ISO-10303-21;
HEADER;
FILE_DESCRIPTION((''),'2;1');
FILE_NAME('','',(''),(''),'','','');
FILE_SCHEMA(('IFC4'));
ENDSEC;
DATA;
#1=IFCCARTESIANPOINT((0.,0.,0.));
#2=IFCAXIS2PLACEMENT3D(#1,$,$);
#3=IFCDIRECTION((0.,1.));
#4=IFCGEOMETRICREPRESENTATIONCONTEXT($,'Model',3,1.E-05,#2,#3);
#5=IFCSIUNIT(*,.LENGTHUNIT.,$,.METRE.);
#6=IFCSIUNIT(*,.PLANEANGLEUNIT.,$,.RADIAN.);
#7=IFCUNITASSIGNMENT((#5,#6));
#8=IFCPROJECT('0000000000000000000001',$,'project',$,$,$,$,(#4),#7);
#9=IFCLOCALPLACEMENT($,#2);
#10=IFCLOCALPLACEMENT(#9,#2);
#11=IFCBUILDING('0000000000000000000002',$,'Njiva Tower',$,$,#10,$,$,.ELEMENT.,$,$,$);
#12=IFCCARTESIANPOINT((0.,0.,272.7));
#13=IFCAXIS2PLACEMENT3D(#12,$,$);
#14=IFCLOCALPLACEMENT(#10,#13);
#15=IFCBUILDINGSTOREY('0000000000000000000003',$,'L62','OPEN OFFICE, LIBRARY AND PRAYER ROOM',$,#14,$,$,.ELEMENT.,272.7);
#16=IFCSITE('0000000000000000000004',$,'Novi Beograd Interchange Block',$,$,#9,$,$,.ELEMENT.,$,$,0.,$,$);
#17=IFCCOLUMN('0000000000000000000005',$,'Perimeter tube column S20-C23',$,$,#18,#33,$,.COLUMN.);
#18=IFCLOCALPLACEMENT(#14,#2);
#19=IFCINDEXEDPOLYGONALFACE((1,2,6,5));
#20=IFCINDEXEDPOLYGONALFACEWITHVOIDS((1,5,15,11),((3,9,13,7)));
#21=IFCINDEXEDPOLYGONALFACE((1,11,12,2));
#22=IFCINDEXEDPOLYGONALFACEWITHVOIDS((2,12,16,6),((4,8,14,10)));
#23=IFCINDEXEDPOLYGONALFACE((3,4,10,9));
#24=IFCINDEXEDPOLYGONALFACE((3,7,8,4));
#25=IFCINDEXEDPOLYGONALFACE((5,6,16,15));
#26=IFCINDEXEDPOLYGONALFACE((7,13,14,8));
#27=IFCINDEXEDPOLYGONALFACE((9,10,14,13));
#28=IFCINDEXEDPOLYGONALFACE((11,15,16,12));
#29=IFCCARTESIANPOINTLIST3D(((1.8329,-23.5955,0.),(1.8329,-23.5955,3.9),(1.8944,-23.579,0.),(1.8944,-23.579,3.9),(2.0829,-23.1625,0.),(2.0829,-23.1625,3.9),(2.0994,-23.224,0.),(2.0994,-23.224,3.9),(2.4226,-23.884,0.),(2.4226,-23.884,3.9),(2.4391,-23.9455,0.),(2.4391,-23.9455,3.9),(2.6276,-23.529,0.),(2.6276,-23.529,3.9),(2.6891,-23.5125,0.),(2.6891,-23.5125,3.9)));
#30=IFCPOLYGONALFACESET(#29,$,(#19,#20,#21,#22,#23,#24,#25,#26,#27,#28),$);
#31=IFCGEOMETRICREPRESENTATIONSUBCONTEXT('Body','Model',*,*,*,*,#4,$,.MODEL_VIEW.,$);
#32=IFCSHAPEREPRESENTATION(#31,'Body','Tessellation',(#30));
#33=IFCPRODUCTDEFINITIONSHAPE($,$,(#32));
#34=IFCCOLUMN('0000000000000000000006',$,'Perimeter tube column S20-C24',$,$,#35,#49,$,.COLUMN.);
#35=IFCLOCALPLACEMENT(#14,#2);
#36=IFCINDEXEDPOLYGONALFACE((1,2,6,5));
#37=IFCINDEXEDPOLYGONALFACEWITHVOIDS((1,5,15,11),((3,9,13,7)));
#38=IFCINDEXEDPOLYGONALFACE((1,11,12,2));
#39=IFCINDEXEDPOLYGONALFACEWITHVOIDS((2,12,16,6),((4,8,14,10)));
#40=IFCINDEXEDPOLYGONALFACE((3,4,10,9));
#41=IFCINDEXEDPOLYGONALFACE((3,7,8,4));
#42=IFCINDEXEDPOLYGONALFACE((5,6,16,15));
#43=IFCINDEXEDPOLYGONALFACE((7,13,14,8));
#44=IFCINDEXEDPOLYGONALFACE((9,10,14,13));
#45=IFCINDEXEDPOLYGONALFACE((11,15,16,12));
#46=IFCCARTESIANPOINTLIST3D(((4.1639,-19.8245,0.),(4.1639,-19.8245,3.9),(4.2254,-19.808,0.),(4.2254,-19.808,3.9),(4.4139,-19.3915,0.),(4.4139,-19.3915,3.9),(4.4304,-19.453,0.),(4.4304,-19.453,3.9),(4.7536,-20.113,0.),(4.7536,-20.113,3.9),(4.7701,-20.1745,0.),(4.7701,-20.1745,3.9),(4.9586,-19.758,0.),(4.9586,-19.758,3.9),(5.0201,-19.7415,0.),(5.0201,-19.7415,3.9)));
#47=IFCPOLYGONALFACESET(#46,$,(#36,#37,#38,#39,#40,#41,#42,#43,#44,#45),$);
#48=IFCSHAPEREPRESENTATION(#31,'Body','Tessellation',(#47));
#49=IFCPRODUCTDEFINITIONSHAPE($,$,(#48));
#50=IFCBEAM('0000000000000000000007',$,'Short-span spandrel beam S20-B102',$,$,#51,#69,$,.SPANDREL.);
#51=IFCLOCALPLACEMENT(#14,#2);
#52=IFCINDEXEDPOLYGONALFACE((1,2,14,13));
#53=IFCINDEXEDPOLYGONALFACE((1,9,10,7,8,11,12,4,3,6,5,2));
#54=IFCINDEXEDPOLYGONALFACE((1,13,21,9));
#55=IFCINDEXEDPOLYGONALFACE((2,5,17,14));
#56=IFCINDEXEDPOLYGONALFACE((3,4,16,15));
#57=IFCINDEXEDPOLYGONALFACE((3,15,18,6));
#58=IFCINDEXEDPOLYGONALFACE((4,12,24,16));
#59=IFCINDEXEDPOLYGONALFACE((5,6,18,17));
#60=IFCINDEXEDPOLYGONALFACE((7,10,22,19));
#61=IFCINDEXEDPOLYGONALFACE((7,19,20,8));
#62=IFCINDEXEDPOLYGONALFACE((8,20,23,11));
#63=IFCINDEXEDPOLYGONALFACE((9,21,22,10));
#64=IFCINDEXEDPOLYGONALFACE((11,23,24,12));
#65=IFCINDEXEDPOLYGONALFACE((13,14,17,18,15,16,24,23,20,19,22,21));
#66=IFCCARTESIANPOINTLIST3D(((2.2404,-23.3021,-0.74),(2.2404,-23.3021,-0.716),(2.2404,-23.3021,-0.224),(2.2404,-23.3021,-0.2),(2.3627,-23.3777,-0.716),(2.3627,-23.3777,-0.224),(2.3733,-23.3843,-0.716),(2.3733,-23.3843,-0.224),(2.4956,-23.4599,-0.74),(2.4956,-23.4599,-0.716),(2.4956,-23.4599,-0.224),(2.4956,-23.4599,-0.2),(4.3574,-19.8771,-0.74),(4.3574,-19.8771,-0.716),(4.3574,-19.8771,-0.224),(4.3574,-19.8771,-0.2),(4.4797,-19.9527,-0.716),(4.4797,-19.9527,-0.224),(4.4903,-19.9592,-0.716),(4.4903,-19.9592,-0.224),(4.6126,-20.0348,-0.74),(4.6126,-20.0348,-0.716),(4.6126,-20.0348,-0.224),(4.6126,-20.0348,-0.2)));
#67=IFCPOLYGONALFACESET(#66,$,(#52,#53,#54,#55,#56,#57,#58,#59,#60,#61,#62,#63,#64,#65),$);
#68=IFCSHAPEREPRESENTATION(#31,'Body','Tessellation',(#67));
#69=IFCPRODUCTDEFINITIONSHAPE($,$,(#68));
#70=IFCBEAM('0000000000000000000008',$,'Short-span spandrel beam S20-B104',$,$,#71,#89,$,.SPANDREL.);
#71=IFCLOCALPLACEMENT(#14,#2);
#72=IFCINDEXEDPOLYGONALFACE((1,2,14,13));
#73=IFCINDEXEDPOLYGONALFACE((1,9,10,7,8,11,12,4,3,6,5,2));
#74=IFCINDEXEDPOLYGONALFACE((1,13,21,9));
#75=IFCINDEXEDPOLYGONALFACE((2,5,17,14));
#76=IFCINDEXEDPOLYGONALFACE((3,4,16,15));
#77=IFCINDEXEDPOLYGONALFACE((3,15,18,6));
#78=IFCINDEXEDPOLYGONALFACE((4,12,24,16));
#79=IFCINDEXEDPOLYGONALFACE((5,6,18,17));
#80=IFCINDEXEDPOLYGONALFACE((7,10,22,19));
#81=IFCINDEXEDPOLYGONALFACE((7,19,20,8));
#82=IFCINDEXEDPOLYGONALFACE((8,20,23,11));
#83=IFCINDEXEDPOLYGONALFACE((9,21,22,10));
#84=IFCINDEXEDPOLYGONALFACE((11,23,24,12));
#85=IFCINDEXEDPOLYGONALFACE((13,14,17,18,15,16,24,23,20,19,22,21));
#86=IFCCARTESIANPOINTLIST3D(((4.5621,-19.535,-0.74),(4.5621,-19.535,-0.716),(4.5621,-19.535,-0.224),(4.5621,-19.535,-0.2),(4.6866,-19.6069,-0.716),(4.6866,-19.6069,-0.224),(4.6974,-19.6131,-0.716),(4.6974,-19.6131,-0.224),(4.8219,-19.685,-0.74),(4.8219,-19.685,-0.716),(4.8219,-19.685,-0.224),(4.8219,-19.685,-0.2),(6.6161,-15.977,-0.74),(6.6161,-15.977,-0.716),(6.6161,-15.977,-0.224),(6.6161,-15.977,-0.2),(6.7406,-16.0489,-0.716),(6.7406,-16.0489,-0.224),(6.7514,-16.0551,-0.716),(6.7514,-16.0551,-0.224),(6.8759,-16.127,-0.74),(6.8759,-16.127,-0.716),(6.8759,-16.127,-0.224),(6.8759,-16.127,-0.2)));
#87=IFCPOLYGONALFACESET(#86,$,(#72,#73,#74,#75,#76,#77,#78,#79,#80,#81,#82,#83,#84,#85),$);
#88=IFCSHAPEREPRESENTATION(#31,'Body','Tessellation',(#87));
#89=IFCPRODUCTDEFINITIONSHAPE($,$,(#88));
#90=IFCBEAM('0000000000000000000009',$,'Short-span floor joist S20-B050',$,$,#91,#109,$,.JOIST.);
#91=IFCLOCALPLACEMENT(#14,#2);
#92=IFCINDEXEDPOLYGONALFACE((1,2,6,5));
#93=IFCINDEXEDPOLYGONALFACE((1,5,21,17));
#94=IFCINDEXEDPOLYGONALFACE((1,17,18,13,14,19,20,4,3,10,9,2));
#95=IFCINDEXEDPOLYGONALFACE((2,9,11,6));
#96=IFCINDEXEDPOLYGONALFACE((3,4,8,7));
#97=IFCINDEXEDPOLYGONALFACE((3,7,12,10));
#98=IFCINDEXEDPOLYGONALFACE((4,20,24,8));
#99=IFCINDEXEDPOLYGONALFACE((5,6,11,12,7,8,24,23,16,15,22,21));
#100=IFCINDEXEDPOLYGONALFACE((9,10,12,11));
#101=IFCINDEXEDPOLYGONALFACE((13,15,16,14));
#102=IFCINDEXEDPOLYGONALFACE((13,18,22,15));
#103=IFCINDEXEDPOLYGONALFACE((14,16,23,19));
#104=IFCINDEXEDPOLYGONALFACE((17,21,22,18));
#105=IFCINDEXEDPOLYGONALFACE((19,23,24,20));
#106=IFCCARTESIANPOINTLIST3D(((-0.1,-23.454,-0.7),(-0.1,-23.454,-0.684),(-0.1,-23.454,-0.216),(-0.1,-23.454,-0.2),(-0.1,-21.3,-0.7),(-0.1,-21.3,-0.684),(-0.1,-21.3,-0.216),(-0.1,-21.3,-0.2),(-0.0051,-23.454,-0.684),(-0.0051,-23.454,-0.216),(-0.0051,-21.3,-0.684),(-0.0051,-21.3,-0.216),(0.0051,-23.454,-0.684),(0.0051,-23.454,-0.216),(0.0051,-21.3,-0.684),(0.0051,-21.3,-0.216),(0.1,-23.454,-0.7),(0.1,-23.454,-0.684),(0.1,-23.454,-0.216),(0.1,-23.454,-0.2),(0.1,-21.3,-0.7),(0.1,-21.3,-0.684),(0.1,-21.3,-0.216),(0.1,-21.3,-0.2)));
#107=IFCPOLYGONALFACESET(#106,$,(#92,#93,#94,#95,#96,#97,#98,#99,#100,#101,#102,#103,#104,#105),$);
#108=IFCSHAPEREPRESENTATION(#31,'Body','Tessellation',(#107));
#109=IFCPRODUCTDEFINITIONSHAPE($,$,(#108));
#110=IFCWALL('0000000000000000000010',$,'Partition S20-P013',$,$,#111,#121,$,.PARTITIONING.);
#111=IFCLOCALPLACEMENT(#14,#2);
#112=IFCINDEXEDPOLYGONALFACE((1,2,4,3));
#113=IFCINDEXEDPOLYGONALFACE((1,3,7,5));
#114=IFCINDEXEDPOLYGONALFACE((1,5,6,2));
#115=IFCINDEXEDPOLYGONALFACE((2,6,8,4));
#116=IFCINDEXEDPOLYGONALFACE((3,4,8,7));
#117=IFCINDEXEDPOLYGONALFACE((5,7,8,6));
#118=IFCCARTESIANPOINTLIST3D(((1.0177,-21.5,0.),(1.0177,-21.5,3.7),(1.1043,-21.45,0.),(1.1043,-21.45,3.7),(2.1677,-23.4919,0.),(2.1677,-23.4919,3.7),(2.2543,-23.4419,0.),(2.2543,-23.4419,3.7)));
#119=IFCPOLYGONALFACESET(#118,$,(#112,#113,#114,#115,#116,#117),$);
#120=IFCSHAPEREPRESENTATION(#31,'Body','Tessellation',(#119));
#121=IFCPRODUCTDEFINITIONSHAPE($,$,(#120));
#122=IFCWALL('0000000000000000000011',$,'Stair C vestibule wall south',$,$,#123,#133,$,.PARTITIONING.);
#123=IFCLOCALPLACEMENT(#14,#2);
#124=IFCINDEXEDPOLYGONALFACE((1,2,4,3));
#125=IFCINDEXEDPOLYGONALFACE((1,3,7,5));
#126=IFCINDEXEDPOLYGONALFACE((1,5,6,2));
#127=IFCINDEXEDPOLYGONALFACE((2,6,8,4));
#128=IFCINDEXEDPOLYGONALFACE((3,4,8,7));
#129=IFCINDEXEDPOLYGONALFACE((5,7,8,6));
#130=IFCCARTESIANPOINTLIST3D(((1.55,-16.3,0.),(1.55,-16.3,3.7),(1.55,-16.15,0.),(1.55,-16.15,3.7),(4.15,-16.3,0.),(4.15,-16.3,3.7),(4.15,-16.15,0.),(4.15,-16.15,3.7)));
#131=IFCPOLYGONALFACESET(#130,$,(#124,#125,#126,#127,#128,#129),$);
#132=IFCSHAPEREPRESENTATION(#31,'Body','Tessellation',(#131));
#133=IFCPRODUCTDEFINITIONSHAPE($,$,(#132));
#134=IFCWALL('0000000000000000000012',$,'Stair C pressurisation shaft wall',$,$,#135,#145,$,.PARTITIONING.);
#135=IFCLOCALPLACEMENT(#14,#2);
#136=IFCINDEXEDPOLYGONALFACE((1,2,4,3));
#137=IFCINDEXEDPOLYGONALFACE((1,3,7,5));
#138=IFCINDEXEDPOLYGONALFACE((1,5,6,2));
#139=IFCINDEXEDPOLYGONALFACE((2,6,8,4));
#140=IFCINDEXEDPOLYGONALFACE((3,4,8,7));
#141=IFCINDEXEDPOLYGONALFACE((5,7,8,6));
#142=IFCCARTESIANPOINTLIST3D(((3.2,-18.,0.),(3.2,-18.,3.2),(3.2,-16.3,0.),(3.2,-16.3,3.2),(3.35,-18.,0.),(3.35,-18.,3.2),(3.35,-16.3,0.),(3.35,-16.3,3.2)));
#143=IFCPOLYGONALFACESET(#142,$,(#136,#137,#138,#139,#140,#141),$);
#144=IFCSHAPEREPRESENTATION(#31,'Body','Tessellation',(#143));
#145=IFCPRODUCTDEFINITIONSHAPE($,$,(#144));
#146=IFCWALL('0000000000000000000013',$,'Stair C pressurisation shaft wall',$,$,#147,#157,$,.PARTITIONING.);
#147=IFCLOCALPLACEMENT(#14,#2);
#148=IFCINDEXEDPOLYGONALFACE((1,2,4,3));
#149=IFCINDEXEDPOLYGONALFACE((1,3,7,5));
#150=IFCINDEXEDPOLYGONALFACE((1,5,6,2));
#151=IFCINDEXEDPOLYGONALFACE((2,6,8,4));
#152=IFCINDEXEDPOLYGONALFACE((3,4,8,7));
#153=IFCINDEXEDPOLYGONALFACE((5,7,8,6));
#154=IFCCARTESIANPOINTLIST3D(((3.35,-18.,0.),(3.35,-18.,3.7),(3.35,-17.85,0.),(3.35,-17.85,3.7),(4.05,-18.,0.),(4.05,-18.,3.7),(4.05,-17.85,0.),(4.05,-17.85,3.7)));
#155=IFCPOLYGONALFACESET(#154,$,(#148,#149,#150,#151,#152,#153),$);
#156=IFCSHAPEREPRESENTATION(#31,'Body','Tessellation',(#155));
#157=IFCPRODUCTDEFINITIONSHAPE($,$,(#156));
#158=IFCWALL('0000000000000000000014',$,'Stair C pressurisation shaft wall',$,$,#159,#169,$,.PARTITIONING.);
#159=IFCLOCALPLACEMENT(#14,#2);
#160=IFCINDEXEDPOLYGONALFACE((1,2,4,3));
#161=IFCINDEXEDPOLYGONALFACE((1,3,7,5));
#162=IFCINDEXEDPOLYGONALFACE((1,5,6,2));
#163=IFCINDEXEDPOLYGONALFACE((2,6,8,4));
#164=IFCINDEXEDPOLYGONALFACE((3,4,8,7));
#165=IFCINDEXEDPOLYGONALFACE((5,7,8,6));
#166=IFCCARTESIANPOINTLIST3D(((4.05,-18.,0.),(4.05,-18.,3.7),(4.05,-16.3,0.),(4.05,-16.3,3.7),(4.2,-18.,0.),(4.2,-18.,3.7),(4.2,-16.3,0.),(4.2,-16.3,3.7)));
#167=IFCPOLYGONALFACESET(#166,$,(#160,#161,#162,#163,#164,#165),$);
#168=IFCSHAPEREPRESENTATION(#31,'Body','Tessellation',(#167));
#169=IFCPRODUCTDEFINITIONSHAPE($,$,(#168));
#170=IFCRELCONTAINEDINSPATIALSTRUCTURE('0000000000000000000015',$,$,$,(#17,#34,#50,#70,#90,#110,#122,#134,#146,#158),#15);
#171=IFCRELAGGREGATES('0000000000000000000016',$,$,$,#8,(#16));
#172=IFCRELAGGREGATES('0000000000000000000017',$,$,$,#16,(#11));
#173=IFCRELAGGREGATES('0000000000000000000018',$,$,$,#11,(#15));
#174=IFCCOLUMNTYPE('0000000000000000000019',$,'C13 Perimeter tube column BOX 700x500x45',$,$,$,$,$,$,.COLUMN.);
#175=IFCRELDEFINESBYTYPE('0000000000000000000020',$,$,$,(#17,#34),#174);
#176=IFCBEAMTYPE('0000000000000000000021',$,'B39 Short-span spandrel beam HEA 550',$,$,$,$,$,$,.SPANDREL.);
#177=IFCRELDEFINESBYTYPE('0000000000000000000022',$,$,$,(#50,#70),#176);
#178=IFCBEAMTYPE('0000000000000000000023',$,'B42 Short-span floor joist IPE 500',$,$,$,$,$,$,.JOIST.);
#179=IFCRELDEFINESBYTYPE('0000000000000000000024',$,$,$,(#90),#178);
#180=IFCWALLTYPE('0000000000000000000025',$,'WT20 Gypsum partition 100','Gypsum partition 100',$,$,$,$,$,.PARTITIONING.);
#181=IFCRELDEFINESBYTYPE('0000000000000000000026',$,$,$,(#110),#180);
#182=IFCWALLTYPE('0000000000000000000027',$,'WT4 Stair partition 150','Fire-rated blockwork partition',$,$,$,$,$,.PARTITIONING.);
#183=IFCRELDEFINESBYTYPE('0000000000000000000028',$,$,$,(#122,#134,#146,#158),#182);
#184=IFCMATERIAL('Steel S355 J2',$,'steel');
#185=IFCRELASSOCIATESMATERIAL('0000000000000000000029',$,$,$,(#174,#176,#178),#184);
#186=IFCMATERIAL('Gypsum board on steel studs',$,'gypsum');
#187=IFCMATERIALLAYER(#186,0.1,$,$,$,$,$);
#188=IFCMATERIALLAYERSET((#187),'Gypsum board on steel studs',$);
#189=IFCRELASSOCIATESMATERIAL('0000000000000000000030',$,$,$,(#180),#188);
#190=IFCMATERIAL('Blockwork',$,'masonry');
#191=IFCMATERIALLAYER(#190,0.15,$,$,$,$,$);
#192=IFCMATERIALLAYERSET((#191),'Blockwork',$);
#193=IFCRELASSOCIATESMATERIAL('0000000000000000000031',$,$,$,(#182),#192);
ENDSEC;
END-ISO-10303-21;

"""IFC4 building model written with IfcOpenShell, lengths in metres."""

from ifc_helpers import new_model, si_unit, direction, frame, frame_2d, origin, origin_2d, place, context, subcontext, project, spatial, rectangle, hollow_rectangle, i_section, extrude, material, layer, layer_set, material_profile, profile_set, type_object, element, save


model = new_model("IFC4")

# Units and contexts
model_context = context("Model", 3, precision=1e-05, world=origin(), true_north=direction((0.0, 1.0)))
body_context = subcontext(model_context, "Body", "Model", "MODEL_VIEW")
ifc_project = project(units=[si_unit("LENGTHUNIT", "METRE"), si_unit("PLANEANGLEUNIT", "RADIAN")], contexts=[model_context])

# Site, building, storey
site_placement = place(None, origin())
site = spatial("IfcSite", under=ifc_project, at=site_placement, Name="Novi Beograd Interchange Block", CompositionType="ELEMENT", RefElevation=0.0)
building_placement = place(site_placement, origin())
building = spatial("IfcBuilding", under=site, at=building_placement, Name="Njiva Tower", CompositionType="ELEMENT")
storey_placement = place(building_placement, frame((0.0, 0.0, 272.7)))
storey = spatial("IfcBuildingStorey", under=building, at=storey_placement, Name="L62", Description="OPEN OFFICE, LIBRARY AND PRAYER ROOM", CompositionType="ELEMENT", Elevation=272.7)

# Columns
ifc_material_1 = material(Name="Steel S355 J2", Category="steel")
ifc_material_profile_1 = material_profile(ifc_material_1, hollow_rectangle(XDim=0.5, YDim=0.7, WallThickness=0.045, at=origin_2d()), Name="BOX 700x500x45")
ifc_profile_set_1 = profile_set([ifc_material_profile_1], Name="Steel S355 J2")
column_type = type_object("IfcColumnType", Name="C13 Perimeter tube column BOX 700x500x45", PredefinedType="COLUMN", material=ifc_profile_set_1)
for number, where, z_axis, x_axis, name in (
    (1, (2.261, -23.554, 0.0), (0.0, 0.0, 1.0), (0.5, 0.866025, 0.0), "Perimeter tube column S20-C23"),
    (2, (4.592, -19.783, 0.0), (0.0, 0.0, 1.0), (0.5, 0.866025, 0.0), "Perimeter tube column S20-C24"),
):
    element("IfcColumn", number, at=place(storey_placement, frame(where, z_axis=z_axis, x_axis=x_axis)), inside=storey, type_object=column_type, Name=name, PredefinedType="COLUMN", context=body_context, shape_type="SweptSolid", body=[
        extrude(hollow_rectangle(XDim=0.5, YDim=0.7, WallThickness=0.045, at=origin_2d()), origin(), (0.0, 0.0, 1.0), 3.9),
    ])

# Beams
ifc_material_profile_2 = material_profile(ifc_material_1, i_section(OverallWidth=0.3, OverallDepth=0.54, WebThickness=0.0125, FlangeThickness=0.024, at=origin_2d()), Name="HEA 550")
ifc_profile_set_2 = profile_set([ifc_material_profile_2], Name="Steel S355 J2")
beam_type_1 = type_object("IfcBeamType", Name="B39 Short-span spandrel beam HEA 550", PredefinedType="SPANDREL", material=ifc_profile_set_2)
beam_1_placement = place(storey_placement, frame((2.368, -23.381, -0.47), z_axis=(0.525773, 0.850625, 0.0), x_axis=(-0.850625, 0.525773, 0.0)))
element("IfcBeam", 3, at=beam_1_placement, inside=storey, type_object=beam_type_1, Name="Short-span spandrel beam S20-B102", PredefinedType="SPANDREL", context=body_context, shape_type="SweptSolid", body=[
    extrude(i_section(OverallWidth=0.3, OverallDepth=0.54, WebThickness=0.0125, FlangeThickness=0.024, at=origin_2d()), origin(), (0.0, 0.0, 1.0), 4.0265),
])
beam_2_placement = place(storey_placement, frame((4.692, -19.61, -0.47), z_axis=(0.499961, 0.866048, 0.0), x_axis=(-0.866048, 0.499961, 0.0)))
element("IfcBeam", 4, at=beam_2_placement, inside=storey, type_object=beam_type_1, Name="Short-span spandrel beam S20-B104", PredefinedType="SPANDREL", context=body_context, shape_type="SweptSolid", body=[
    extrude(i_section(OverallWidth=0.3, OverallDepth=0.54, WebThickness=0.0125, FlangeThickness=0.024, at=origin_2d()), origin(), (0.0, 0.0, 1.0), 4.1083),
])
ifc_material_profile_3 = material_profile(ifc_material_1, i_section(OverallWidth=0.2, OverallDepth=0.5, WebThickness=0.0102, FlangeThickness=0.016, at=origin_2d()), Name="IPE 500")
ifc_profile_set_3 = profile_set([ifc_material_profile_3], Name="Steel S355 J2")
beam_type_2 = type_object("IfcBeamType", Name="B42 Short-span floor joist IPE 500", PredefinedType="JOIST", material=ifc_profile_set_3)
beam_3_placement = place(storey_placement, frame((0.0, -21.3, -0.45), z_axis=(0.0, -1.0, 0.0), x_axis=(1.0, 0.0, 0.0)))
element("IfcBeam", 5, at=beam_3_placement, inside=storey, type_object=beam_type_2, Name="Short-span floor joist S20-B050", PredefinedType="JOIST", context=body_context, shape_type="SweptSolid", body=[
    extrude(i_section(OverallWidth=0.2, OverallDepth=0.5, WebThickness=0.0102, FlangeThickness=0.016, at=origin_2d()), origin(), (0.0, 0.0, 1.0), 2.154),
])

# Walls
ifc_material_2 = material(Name="Gypsum board on steel studs", Category="gypsum")
ifc_layer_1 = layer(ifc_material_2, 0.1)
ifc_layer_set_1 = layer_set([ifc_layer_1], Name="Gypsum board on steel studs")
wall_type_1 = type_object("IfcWallType", Name="WT20 Gypsum partition 100", Description="Gypsum partition 100", PredefinedType="PARTITIONING", material=ifc_layer_set_1)
wall_1_placement = place(storey_placement, frame((1.061, -21.475, 0.0), z_axis=(0.0, 0.0, 1.0), x_axis=(0.499973, -0.866041, 0.0)))
element("IfcWall", 6, at=wall_1_placement, inside=storey, type_object=wall_type_1, Name="Partition S20-P013", PredefinedType="PARTITIONING", context=body_context, shape_type="SweptSolid", body=[
    extrude(rectangle(XDim=2.3001, YDim=0.1, at=frame_2d((1.15, 0.0))), origin(), (0.0, 0.0, 1.0), 3.7),
])
ifc_material_3 = material(Name="Blockwork", Category="masonry")
ifc_layer_2 = layer(ifc_material_3, 0.15)
ifc_layer_set_2 = layer_set([ifc_layer_2], Name="Blockwork")
wall_type_2 = type_object("IfcWallType", Name="WT4 Stair partition 150", Description="Fire-rated blockwork partition", PredefinedType="PARTITIONING", material=ifc_layer_set_2)
wall_2_placement = place(storey_placement, frame((1.55, -16.225, 0.0), z_axis=(0.0, 0.0, 1.0), x_axis=(1.0, 0.0, 0.0)))
element("IfcWall", 7, at=wall_2_placement, inside=storey, type_object=wall_type_2, Name="Stair C vestibule wall south", PredefinedType="PARTITIONING", context=body_context, shape_type="SweptSolid", body=[
    extrude(rectangle(XDim=2.6, YDim=0.15, at=frame_2d((1.3, 0.0))), origin(), (0.0, 0.0, 1.0), 3.7),
])
wall_3_placement = place(storey_placement, frame((3.275, -18.0, 0.0), z_axis=(0.0, 0.0, 1.0), x_axis=(0.0, 1.0, 0.0)))
element("IfcWall", 8, at=wall_3_placement, inside=storey, type_object=wall_type_2, Name="Stair C pressurisation shaft wall", PredefinedType="PARTITIONING", context=body_context, shape_type="SweptSolid", body=[
    extrude(rectangle(XDim=1.7, YDim=0.15, at=frame_2d((0.85, 0.0))), origin(), (0.0, 0.0, 1.0), 3.2),
])
wall_4_placement = place(storey_placement, frame((3.35, -17.925, 0.0), z_axis=(0.0, 0.0, 1.0), x_axis=(1.0, 0.0, 0.0)))
element("IfcWall", 9, at=wall_4_placement, inside=storey, type_object=wall_type_2, Name="Stair C pressurisation shaft wall", PredefinedType="PARTITIONING", context=body_context, shape_type="SweptSolid", body=[
    extrude(rectangle(XDim=0.7, YDim=0.15, at=frame_2d((0.35, 0.0))), origin(), (0.0, 0.0, 1.0), 3.7),
])
wall_5_placement = place(storey_placement, frame((4.125, -18.0, 0.0), z_axis=(0.0, 0.0, 1.0), x_axis=(0.0, 1.0, 0.0)))
element("IfcWall", 10, at=wall_5_placement, inside=storey, type_object=wall_type_2, Name="Stair C pressurisation shaft wall", PredefinedType="PARTITIONING", context=body_context, shape_type="SweptSolid", body=[
    extrude(rectangle(XDim=1.7, YDim=0.15, at=frame_2d((0.85, 0.0))), origin(), (0.0, 0.0, 1.0), 3.7),
])

save(model, "model.ifc")
